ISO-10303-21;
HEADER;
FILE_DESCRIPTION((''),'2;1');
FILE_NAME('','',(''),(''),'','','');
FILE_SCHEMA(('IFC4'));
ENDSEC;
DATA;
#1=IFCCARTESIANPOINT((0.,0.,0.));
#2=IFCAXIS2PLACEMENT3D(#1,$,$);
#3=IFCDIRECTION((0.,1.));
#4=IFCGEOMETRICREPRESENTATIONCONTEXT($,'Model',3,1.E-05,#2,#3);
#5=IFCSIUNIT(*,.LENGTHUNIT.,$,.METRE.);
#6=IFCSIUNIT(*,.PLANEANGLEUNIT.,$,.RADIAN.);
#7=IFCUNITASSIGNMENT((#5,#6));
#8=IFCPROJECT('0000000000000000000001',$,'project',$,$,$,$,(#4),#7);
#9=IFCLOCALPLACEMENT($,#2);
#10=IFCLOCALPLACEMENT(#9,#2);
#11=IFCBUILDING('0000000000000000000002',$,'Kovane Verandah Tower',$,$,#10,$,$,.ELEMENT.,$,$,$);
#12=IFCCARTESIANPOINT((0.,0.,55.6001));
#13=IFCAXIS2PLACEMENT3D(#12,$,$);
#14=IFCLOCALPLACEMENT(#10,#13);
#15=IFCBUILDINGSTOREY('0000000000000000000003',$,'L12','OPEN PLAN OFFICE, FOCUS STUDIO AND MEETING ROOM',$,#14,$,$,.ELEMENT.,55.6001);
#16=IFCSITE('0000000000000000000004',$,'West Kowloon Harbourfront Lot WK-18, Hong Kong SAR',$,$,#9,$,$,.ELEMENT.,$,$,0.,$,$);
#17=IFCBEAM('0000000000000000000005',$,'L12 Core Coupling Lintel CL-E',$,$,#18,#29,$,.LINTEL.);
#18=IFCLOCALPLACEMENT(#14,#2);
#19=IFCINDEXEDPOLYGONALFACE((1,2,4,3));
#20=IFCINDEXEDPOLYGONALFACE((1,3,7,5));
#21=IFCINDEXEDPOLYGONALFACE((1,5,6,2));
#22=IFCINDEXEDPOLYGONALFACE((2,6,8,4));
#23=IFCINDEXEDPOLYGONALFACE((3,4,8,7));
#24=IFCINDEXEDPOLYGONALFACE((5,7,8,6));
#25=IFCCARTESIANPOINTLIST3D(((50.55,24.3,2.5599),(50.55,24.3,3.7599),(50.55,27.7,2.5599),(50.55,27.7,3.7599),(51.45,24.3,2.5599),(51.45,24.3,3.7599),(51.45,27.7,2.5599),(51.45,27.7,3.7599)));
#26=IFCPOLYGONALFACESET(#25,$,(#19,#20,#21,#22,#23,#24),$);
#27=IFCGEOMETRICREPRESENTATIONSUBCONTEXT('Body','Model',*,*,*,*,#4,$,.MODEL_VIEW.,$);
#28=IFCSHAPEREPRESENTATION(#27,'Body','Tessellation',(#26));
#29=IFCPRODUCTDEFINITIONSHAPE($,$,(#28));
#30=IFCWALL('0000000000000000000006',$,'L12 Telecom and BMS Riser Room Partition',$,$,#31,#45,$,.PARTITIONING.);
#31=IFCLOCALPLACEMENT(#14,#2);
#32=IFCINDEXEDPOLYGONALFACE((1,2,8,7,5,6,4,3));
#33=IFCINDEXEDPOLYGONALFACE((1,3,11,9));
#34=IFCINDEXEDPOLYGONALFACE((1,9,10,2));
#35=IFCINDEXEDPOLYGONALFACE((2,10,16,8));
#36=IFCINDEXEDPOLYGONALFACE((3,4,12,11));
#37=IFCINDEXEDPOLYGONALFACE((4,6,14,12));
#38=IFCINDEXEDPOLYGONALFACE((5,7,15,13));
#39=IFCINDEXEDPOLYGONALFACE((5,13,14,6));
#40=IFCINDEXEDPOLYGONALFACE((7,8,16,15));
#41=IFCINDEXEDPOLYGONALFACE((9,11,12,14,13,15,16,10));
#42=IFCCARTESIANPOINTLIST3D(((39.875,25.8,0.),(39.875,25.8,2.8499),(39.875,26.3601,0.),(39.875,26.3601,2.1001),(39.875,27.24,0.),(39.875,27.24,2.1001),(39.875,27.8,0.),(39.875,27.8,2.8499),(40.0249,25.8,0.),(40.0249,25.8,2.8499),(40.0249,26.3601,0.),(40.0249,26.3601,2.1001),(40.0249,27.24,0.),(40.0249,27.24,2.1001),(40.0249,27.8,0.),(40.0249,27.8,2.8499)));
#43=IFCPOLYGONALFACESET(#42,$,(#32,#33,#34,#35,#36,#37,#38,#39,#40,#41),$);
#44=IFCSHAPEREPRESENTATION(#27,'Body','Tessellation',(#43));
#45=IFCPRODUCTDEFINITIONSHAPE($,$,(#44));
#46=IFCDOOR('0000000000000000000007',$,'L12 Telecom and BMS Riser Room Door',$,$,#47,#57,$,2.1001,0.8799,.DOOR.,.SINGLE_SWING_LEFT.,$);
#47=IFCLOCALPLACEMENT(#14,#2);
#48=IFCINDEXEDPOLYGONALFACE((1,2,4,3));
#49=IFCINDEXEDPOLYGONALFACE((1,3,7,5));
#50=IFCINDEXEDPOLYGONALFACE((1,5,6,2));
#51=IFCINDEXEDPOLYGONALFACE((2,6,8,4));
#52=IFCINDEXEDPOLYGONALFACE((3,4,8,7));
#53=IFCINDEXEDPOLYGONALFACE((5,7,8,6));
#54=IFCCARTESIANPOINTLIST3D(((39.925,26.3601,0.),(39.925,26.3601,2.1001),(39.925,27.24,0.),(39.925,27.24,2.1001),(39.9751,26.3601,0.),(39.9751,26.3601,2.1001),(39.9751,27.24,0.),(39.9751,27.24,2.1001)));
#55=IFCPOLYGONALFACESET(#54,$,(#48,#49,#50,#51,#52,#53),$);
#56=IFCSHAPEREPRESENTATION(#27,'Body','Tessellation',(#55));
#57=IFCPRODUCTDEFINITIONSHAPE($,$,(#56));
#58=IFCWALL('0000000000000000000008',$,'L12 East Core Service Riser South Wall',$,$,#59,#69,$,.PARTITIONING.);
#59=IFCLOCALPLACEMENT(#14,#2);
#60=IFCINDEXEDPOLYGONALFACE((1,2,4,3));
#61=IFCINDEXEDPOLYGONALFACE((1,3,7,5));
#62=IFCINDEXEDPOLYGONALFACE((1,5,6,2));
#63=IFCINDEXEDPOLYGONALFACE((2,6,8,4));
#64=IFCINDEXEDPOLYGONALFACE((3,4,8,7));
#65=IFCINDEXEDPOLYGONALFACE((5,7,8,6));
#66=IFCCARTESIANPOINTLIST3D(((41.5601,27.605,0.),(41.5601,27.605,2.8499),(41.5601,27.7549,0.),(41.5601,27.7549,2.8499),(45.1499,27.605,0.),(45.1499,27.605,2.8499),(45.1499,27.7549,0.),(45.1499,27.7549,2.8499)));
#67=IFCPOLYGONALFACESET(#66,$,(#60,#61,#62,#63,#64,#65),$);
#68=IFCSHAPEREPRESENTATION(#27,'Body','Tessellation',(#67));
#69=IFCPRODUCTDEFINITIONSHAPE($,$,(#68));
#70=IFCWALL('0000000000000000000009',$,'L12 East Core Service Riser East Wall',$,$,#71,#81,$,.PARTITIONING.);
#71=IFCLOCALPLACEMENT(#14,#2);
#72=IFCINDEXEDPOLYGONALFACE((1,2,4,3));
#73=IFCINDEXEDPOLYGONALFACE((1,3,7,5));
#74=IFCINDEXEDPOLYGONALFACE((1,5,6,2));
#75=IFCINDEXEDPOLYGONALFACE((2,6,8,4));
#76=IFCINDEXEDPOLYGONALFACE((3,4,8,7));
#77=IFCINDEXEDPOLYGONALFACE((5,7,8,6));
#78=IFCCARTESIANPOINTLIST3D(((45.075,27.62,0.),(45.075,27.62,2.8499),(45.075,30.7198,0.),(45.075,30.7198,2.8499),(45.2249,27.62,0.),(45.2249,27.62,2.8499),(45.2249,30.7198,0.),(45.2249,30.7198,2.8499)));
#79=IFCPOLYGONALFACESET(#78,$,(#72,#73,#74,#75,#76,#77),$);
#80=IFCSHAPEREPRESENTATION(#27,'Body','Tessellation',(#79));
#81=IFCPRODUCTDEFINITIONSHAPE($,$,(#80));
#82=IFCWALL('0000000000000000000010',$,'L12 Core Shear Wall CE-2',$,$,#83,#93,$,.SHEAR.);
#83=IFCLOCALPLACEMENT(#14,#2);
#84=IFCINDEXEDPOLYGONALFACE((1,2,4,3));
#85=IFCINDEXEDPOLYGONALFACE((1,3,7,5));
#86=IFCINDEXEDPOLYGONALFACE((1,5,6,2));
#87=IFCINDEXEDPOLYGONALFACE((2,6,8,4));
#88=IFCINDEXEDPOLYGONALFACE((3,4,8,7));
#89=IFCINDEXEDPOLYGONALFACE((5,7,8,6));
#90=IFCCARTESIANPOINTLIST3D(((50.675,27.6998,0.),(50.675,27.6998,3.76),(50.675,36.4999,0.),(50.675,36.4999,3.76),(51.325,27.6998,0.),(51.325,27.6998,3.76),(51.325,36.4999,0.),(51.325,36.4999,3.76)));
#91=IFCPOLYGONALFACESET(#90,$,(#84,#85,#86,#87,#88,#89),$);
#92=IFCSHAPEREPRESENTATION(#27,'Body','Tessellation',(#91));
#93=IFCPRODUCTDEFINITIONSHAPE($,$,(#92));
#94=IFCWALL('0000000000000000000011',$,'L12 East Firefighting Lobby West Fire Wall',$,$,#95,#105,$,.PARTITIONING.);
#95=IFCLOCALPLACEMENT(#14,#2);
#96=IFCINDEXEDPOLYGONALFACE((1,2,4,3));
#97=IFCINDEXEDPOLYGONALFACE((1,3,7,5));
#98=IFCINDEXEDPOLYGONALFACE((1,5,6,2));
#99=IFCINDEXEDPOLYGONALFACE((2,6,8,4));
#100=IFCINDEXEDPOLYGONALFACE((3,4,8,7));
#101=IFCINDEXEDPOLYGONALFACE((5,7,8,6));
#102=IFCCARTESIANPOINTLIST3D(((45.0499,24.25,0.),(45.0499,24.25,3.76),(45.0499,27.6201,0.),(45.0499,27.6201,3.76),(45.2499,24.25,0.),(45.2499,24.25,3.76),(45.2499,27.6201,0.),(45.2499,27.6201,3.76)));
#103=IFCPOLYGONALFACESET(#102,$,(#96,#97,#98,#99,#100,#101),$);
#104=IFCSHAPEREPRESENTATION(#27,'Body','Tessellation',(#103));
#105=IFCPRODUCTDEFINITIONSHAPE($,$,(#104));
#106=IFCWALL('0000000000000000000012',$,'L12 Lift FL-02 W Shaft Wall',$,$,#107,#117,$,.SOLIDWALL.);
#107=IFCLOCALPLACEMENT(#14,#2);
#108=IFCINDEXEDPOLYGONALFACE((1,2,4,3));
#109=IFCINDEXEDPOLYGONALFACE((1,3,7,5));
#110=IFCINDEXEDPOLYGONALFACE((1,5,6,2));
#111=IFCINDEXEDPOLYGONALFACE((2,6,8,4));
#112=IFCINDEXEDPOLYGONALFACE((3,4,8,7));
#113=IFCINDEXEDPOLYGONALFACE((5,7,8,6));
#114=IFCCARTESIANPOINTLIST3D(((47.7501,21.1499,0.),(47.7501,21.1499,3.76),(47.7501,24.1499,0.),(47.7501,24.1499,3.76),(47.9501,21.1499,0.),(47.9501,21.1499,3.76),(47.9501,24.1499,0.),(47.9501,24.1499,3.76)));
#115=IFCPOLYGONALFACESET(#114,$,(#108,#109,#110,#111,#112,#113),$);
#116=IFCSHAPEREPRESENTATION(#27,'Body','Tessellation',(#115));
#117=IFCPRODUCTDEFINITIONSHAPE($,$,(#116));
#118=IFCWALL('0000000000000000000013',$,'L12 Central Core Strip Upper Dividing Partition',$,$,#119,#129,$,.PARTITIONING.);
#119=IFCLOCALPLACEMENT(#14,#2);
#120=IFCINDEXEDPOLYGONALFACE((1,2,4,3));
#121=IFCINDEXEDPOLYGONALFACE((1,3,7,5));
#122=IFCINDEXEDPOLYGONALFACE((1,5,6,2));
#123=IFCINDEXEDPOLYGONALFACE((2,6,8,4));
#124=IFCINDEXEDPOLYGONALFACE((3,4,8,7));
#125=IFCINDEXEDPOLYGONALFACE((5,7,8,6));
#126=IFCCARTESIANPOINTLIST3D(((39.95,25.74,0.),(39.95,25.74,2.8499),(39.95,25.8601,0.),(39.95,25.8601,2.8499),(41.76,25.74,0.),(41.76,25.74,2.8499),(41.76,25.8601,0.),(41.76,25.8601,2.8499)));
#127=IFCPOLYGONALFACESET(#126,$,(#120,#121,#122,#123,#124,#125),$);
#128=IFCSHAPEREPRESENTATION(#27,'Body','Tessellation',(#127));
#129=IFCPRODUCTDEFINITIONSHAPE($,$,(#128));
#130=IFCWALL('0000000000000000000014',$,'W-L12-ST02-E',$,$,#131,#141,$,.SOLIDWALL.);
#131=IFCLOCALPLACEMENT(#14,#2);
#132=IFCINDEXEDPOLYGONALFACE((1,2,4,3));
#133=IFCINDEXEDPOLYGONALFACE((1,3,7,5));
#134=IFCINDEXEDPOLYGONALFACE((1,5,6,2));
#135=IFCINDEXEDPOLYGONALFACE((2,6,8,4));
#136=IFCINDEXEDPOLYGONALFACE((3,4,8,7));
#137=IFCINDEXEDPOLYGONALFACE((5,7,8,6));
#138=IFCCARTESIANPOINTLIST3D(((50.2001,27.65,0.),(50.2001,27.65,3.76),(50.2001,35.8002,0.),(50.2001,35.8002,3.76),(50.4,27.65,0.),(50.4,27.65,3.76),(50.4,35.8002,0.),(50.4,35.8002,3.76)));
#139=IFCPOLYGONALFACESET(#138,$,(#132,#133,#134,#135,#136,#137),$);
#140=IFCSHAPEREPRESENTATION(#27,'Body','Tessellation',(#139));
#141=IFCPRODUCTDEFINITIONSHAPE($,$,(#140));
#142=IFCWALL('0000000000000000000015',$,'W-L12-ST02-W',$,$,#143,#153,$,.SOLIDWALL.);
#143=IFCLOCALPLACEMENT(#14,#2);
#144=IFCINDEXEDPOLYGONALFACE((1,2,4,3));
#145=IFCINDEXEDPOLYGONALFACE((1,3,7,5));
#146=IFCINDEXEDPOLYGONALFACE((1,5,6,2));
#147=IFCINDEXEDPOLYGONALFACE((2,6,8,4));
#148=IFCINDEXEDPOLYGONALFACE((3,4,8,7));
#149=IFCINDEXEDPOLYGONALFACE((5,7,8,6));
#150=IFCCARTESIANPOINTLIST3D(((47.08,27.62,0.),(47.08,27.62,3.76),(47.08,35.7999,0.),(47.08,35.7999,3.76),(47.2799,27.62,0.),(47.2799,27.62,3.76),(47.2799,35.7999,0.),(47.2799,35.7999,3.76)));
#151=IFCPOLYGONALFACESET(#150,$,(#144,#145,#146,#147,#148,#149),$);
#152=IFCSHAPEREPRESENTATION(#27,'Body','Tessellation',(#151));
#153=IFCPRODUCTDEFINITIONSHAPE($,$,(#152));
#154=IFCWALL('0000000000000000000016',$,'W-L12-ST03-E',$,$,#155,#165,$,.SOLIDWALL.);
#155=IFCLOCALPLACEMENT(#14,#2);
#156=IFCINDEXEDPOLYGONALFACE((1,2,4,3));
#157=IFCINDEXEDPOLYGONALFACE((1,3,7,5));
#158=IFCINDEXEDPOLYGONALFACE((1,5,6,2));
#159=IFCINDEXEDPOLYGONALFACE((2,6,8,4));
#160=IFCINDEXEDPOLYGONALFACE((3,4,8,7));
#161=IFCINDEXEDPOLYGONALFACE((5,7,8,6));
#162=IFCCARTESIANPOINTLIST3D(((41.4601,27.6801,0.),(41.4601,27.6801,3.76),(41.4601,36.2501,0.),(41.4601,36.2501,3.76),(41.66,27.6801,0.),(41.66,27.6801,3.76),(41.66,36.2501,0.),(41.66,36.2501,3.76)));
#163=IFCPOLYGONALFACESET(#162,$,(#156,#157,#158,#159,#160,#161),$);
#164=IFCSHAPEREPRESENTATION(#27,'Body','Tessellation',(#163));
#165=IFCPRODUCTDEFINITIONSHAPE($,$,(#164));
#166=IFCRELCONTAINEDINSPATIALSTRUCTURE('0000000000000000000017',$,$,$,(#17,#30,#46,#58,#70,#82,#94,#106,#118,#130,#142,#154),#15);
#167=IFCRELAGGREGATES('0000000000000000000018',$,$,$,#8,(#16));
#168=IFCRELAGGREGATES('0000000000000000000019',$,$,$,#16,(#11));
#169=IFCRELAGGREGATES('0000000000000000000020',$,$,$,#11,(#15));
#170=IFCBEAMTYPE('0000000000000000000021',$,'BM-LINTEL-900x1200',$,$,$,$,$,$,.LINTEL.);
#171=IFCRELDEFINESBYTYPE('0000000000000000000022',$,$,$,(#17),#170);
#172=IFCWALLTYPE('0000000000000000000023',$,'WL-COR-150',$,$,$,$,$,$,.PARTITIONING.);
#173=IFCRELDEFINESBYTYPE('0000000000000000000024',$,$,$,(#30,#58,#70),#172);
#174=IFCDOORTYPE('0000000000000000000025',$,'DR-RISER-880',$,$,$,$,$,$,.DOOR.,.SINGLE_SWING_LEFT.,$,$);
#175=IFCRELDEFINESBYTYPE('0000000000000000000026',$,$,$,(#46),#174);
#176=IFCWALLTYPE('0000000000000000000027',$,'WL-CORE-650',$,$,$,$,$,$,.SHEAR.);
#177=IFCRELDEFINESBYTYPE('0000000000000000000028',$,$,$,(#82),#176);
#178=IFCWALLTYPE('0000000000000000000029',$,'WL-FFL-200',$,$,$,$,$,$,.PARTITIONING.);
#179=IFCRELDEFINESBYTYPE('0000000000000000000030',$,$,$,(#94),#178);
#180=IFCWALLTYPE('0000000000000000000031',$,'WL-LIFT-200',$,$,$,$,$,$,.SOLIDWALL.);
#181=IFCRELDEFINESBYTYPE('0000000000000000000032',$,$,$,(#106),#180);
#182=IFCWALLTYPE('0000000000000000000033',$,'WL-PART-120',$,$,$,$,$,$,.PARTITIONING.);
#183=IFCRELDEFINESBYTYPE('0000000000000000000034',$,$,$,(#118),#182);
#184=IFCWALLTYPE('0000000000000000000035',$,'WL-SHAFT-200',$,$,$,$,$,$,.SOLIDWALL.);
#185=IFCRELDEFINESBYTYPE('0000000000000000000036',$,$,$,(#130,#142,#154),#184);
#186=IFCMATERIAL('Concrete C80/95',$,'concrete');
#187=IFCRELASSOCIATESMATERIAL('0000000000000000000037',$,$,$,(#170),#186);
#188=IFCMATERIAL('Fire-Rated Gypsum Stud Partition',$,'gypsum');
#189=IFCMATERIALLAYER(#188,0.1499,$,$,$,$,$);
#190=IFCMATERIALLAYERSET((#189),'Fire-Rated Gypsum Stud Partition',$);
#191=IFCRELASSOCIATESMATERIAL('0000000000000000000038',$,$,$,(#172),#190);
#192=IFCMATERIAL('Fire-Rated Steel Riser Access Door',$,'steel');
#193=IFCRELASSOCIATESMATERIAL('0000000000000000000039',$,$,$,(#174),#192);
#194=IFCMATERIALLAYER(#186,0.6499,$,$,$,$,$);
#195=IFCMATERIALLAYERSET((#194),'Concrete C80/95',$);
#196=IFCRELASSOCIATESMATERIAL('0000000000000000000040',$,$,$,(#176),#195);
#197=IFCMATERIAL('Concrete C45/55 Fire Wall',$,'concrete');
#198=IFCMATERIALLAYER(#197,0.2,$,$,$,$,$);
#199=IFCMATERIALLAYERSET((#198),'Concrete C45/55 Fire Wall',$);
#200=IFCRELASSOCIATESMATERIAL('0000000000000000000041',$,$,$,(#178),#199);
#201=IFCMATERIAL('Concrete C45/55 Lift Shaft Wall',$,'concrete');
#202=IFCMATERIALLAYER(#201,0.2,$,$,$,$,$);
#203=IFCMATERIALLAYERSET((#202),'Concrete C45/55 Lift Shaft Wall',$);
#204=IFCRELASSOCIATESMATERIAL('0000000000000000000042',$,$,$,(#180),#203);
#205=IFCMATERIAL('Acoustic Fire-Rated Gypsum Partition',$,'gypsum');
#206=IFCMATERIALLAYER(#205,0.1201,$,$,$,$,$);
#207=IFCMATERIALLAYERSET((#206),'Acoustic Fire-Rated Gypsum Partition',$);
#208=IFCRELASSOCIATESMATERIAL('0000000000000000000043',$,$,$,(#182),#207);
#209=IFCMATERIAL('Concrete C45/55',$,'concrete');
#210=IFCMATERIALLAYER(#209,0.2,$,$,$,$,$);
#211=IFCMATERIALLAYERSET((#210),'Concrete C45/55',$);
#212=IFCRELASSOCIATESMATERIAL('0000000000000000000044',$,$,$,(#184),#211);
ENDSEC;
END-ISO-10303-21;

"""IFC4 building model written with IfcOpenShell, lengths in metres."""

from ifc_helpers import new_model, si_unit, direction, frame, frame_2d, origin, origin_2d, place, context, subcontext, project, spatial, rectangle, extrude, material, layer, layer_set, material_profile, profile_set, type_object, element, fill, save


model = new_model("IFC4")

# Units and contexts
model_context = context("Model", 3, precision=1e-05, world=origin(), true_north=direction((0.0, 1.0)))
body_context = subcontext(model_context, "Body", "Model", "MODEL_VIEW")
ifc_project = project(units=[si_unit("LENGTHUNIT", "METRE"), si_unit("PLANEANGLEUNIT", "RADIAN")], contexts=[model_context])

# Site, building, storey
site_placement = place(None, origin())
site = spatial("IfcSite", under=ifc_project, at=site_placement, Name="West Kowloon Harbourfront Lot WK-18, Hong Kong SAR", CompositionType="ELEMENT", RefElevation=0.0)
building_placement = place(site_placement, origin())
building = spatial("IfcBuilding", under=site, at=building_placement, Name="Kovane Verandah Tower", CompositionType="ELEMENT")
storey_placement = place(building_placement, frame((0.0, 0.0, 55.6001)))
storey = spatial("IfcBuildingStorey", under=building, at=storey_placement, Name="L12", Description="OPEN PLAN OFFICE, FOCUS STUDIO AND MEETING ROOM", CompositionType="ELEMENT", Elevation=55.6001)

# Beam
ifc_material_1 = material(Name="Concrete C80/95", Category="concrete")
ifc_material_profile = material_profile(ifc_material_1, rectangle(XDim=0.8999, YDim=1.2, at=origin_2d()), Name="RCB900x1200")
ifc_profile_set = profile_set([ifc_material_profile], Name="Concrete C80/95")
beam_type = type_object("IfcBeamType", Name="BM-LINTEL-900x1200", PredefinedType="LINTEL", material=ifc_profile_set)
beam_placement = place(storey_placement, frame((51.0, 24.3, 3.1599), z_axis=(0.0, 1.0, 0.0), x_axis=(-1.0, 0.0, 0.0)))
element("IfcBeam", 1, at=beam_placement, inside=storey, type_object=beam_type, Name="L12 Core Coupling Lintel CL-E", PredefinedType="LINTEL", context=body_context, shape_type="SweptSolid", body=[
    extrude(rectangle(XDim=0.8999, YDim=1.2, at=origin_2d()), origin(), (0.0, 0.0, 1.0), 3.3999),
])

# Wall, opening, door
ifc_material_2 = material(Name="Fire-Rated Gypsum Stud Partition", Category="gypsum")
ifc_layer_1 = layer(ifc_material_2, 0.1499)
ifc_layer_set_1 = layer_set([ifc_layer_1], Name="Fire-Rated Gypsum Stud Partition")
wall_type_1 = type_object("IfcWallType", Name="WL-COR-150", PredefinedType="PARTITIONING", material=ifc_layer_set_1)
wall_1_placement = place(storey_placement, frame((39.95, 25.8, 0.0), z_axis=(0.0, 0.0, 1.0), x_axis=(0.0, 1.0, 0.0)))
wall_1 = element("IfcWall", 2, at=wall_1_placement, inside=storey, type_object=wall_type_1, Name="L12 Telecom and BMS Riser Room Partition", PredefinedType="PARTITIONING", context=body_context, shape_type="SweptSolid", body=[
    extrude(rectangle(XDim=2.0, YDim=0.1499, at=frame_2d((1.0, 0.0))), origin(), (0.0, 0.0, 1.0), 2.8499),
])
opening_1_placement = place(wall_1_placement, frame((0.5601, 0.0, 0.0)))
opening_1 = element("IfcOpeningElement", 3, at=opening_1_placement, cuts=wall_1, PredefinedType="OPENING", context=body_context, shape_type="SweptSolid", body=[
    extrude(rectangle(XDim=0.8799, YDim=2.1001, at=frame_2d((0.4399, 1.05))), frame((0.0, 0.075, 0.0), z_axis=(0.0, -1.0, 0.0), x_axis=(1.0, 0.0, 0.0)), (0.0, 0.0, 1.0), 0.1499),
])
ifc_material_3 = material(Name="Fire-Rated Steel Riser Access Door", Category="steel")
door_type_1 = type_object("IfcDoorType", Name="DR-RISER-880", OperationType="SINGLE_SWING_LEFT", PredefinedType="DOOR", material=ifc_material_3)
door_1_placement = place(opening_1_placement, origin())
door_1 = element("IfcDoor", 4, at=door_1_placement, inside=storey, type_object=door_type_1, Name="L12 Telecom and BMS Riser Room Door", OperationType="SINGLE_SWING_LEFT", OverallHeight=2.1001, OverallWidth=0.8799, PredefinedType="DOOR", context=body_context, shape_type="SweptSolid", body=[
    extrude(rectangle(XDim=0.8799, YDim=2.1001, at=frame_2d((0.4399, 1.05))), frame((0.0, 0.0249, 0.0), z_axis=(0.0, -1.0, 0.0), x_axis=(1.0, 0.0, 0.0)), (0.0, 0.0, 1.0), 0.05),
])
fill(opening_1, door_1)

# Wall
wall_2_placement = place(storey_placement, frame((41.5601, 27.6799, 0.0), z_axis=(0.0, 0.0, 1.0), x_axis=(1.0, 0.0, 0.0)))
element("IfcWall", 5, at=wall_2_placement, inside=storey, type_object=wall_type_1, Name="L12 East Core Service Riser South Wall", PredefinedType="PARTITIONING", context=body_context, shape_type="SweptSolid", body=[
    extrude(rectangle(XDim=3.5898, YDim=0.1499, at=frame_2d((1.7949, 0.0))), origin(), (0.0, 0.0, 1.0), 2.8499),
])

# Walls
wall_3_placement = place(storey_placement, frame((45.1499, 27.6201, 0.0), z_axis=(0.0, 0.0, 1.0), x_axis=(0.0, 1.0, 0.0)))
element("IfcWall", 6, at=wall_3_placement, inside=storey, type_object=wall_type_1, Name="L12 East Core Service Riser East Wall", PredefinedType="PARTITIONING", context=body_context, shape_type="SweptSolid", body=[
    extrude(rectangle(XDim=3.0999, YDim=0.1499, at=frame_2d((1.5498, 0.0))), origin(), (0.0, 0.0, 1.0), 2.8499),
])
ifc_layer_2 = layer(ifc_material_1, 0.6499)
ifc_layer_set_2 = layer_set([ifc_layer_2], Name="Concrete C80/95")
wall_type_2 = type_object("IfcWallType", Name="WL-CORE-650", PredefinedType="SHEAR", material=ifc_layer_set_2)
wall_4_placement = place(storey_placement, frame((51.0, 27.7, 0.0), z_axis=(0.0, 0.0, 1.0), x_axis=(0.0, 1.0, 0.0)))
element("IfcWall", 7, at=wall_4_placement, inside=storey, type_object=wall_type_2, Name="L12 Core Shear Wall CE-2", PredefinedType="SHEAR", context=body_context, shape_type="SweptSolid", body=[
    extrude(rectangle(XDim=8.8, YDim=0.6499, at=frame_2d((4.3999, 0.0))), origin(), (0.0, 0.0, 1.0), 3.76),
])
ifc_material_4 = material(Name="Concrete C45/55 Fire Wall", Category="concrete")
ifc_layer_3 = layer(ifc_material_4, 0.2)
ifc_layer_set_3 = layer_set([ifc_layer_3], Name="Concrete C45/55 Fire Wall")
wall_type_3 = type_object("IfcWallType", Name="WL-FFL-200", PredefinedType="PARTITIONING", material=ifc_layer_set_3)
wall_5_placement = place(storey_placement, frame((45.1499, 24.25, 0.0), z_axis=(0.0, 0.0, 1.0), x_axis=(0.0, 1.0, 0.0)))
element("IfcWall", 8, at=wall_5_placement, inside=storey, type_object=wall_type_3, Name="L12 East Firefighting Lobby West Fire Wall", PredefinedType="PARTITIONING", context=body_context, shape_type="SweptSolid", body=[
    extrude(rectangle(XDim=3.3701, YDim=0.2, at=frame_2d((1.6851, 0.0))), origin(), (0.0, 0.0, 1.0), 3.76),
])

# Shared definitions
ifc_material_5 = material(Name="Concrete C45/55 Lift Shaft Wall", Category="concrete")
ifc_layer_4 = layer(ifc_material_5, 0.2)
ifc_layer_set_4 = layer_set([ifc_layer_4], Name="Concrete C45/55 Lift Shaft Wall")
wall_type_4 = type_object("IfcWallType", Name="WL-LIFT-200", PredefinedType="SOLIDWALL", material=ifc_layer_set_4)

# Walls
wall_6_placement = place(storey_placement, frame((47.8501, 24.1499, 0.0), z_axis=(0.0, 0.0, 1.0), x_axis=(0.0, -1.0, 0.0)))
element("IfcWall", 9, at=wall_6_placement, inside=storey, type_object=wall_type_4, Name="L12 Lift FL-02 W Shaft Wall", PredefinedType="SOLIDWALL", context=body_context, shape_type="SweptSolid", body=[
    extrude(rectangle(XDim=3.0, YDim=0.2, at=frame_2d((1.5, 0.0))), origin(), (0.0, 0.0, 1.0), 3.76),
])
ifc_material_6 = material(Name="Acoustic Fire-Rated Gypsum Partition", Category="gypsum")
ifc_layer_5 = layer(ifc_material_6, 0.1201)
ifc_layer_set_5 = layer_set([ifc_layer_5], Name="Acoustic Fire-Rated Gypsum Partition")
wall_type_5 = type_object("IfcWallType", Name="WL-PART-120", PredefinedType="PARTITIONING", material=ifc_layer_set_5)
wall_7_placement = place(storey_placement, frame((39.95, 25.8, 0.0), z_axis=(0.0, 0.0, 1.0), x_axis=(1.0, 0.0, 0.0)))
element("IfcWall", 10, at=wall_7_placement, inside=storey, type_object=wall_type_5, Name="L12 Central Core Strip Upper Dividing Partition", PredefinedType="PARTITIONING", context=body_context, shape_type="SweptSolid", body=[
    extrude(rectangle(XDim=1.8101, YDim=0.1201, at=frame_2d((0.905, 0.0))), origin(), (0.0, 0.0, 1.0), 2.8499),
])
ifc_material_7 = material(Name="Concrete C45/55", Category="concrete")
ifc_layer_6 = layer(ifc_material_7, 0.2)
ifc_layer_set_6 = layer_set([ifc_layer_6], Name="Concrete C45/55")
wall_type_6 = type_object("IfcWallType", Name="WL-SHAFT-200", PredefinedType="SOLIDWALL", material=ifc_layer_set_6)
wall_8_placement = place(storey_placement, frame((50.3, 27.6499, 0.0), z_axis=(0.0, 0.0, 1.0), x_axis=(0.0, 1.0, 0.0)))
element("IfcWall", 11, at=wall_8_placement, inside=storey, type_object=wall_type_6, Name="W-L12-ST02-E", PredefinedType="SOLIDWALL", context=body_context, shape_type="SweptSolid", body=[
    extrude(rectangle(XDim=8.1501, YDim=0.2, at=frame_2d((4.0752, 0.0))), origin(), (0.0, 0.0, 1.0), 3.76),
])
wall_9_placement = place(storey_placement, frame((47.1799, 27.6201, 0.0), z_axis=(0.0, 0.0, 1.0), x_axis=(0.0, 1.0, 0.0)))
element("IfcWall", 12, at=wall_9_placement, inside=storey, type_object=wall_type_6, Name="W-L12-ST02-W", PredefinedType="SOLIDWALL", context=body_context, shape_type="SweptSolid", body=[
    extrude(rectangle(XDim=8.1799, YDim=0.2, at=frame_2d((4.0898, 0.0))), origin(), (0.0, 0.0, 1.0), 3.76),
])

# Wall
wall_10_placement = place(storey_placement, frame((41.5601, 27.6799, 0.0), z_axis=(0.0, 0.0, 1.0), x_axis=(0.0, 1.0, 0.0)))
element("IfcWall", 13, at=wall_10_placement, inside=storey, type_object=wall_type_6, Name="W-L12-ST03-E", PredefinedType="SOLIDWALL", context=body_context, shape_type="SweptSolid", body=[
    extrude(rectangle(XDim=8.5701, YDim=0.2, at=frame_2d((4.2852, 0.0))), origin(), (0.0, 0.0, 1.0), 3.76),
])

save(model, "model.ifc")
